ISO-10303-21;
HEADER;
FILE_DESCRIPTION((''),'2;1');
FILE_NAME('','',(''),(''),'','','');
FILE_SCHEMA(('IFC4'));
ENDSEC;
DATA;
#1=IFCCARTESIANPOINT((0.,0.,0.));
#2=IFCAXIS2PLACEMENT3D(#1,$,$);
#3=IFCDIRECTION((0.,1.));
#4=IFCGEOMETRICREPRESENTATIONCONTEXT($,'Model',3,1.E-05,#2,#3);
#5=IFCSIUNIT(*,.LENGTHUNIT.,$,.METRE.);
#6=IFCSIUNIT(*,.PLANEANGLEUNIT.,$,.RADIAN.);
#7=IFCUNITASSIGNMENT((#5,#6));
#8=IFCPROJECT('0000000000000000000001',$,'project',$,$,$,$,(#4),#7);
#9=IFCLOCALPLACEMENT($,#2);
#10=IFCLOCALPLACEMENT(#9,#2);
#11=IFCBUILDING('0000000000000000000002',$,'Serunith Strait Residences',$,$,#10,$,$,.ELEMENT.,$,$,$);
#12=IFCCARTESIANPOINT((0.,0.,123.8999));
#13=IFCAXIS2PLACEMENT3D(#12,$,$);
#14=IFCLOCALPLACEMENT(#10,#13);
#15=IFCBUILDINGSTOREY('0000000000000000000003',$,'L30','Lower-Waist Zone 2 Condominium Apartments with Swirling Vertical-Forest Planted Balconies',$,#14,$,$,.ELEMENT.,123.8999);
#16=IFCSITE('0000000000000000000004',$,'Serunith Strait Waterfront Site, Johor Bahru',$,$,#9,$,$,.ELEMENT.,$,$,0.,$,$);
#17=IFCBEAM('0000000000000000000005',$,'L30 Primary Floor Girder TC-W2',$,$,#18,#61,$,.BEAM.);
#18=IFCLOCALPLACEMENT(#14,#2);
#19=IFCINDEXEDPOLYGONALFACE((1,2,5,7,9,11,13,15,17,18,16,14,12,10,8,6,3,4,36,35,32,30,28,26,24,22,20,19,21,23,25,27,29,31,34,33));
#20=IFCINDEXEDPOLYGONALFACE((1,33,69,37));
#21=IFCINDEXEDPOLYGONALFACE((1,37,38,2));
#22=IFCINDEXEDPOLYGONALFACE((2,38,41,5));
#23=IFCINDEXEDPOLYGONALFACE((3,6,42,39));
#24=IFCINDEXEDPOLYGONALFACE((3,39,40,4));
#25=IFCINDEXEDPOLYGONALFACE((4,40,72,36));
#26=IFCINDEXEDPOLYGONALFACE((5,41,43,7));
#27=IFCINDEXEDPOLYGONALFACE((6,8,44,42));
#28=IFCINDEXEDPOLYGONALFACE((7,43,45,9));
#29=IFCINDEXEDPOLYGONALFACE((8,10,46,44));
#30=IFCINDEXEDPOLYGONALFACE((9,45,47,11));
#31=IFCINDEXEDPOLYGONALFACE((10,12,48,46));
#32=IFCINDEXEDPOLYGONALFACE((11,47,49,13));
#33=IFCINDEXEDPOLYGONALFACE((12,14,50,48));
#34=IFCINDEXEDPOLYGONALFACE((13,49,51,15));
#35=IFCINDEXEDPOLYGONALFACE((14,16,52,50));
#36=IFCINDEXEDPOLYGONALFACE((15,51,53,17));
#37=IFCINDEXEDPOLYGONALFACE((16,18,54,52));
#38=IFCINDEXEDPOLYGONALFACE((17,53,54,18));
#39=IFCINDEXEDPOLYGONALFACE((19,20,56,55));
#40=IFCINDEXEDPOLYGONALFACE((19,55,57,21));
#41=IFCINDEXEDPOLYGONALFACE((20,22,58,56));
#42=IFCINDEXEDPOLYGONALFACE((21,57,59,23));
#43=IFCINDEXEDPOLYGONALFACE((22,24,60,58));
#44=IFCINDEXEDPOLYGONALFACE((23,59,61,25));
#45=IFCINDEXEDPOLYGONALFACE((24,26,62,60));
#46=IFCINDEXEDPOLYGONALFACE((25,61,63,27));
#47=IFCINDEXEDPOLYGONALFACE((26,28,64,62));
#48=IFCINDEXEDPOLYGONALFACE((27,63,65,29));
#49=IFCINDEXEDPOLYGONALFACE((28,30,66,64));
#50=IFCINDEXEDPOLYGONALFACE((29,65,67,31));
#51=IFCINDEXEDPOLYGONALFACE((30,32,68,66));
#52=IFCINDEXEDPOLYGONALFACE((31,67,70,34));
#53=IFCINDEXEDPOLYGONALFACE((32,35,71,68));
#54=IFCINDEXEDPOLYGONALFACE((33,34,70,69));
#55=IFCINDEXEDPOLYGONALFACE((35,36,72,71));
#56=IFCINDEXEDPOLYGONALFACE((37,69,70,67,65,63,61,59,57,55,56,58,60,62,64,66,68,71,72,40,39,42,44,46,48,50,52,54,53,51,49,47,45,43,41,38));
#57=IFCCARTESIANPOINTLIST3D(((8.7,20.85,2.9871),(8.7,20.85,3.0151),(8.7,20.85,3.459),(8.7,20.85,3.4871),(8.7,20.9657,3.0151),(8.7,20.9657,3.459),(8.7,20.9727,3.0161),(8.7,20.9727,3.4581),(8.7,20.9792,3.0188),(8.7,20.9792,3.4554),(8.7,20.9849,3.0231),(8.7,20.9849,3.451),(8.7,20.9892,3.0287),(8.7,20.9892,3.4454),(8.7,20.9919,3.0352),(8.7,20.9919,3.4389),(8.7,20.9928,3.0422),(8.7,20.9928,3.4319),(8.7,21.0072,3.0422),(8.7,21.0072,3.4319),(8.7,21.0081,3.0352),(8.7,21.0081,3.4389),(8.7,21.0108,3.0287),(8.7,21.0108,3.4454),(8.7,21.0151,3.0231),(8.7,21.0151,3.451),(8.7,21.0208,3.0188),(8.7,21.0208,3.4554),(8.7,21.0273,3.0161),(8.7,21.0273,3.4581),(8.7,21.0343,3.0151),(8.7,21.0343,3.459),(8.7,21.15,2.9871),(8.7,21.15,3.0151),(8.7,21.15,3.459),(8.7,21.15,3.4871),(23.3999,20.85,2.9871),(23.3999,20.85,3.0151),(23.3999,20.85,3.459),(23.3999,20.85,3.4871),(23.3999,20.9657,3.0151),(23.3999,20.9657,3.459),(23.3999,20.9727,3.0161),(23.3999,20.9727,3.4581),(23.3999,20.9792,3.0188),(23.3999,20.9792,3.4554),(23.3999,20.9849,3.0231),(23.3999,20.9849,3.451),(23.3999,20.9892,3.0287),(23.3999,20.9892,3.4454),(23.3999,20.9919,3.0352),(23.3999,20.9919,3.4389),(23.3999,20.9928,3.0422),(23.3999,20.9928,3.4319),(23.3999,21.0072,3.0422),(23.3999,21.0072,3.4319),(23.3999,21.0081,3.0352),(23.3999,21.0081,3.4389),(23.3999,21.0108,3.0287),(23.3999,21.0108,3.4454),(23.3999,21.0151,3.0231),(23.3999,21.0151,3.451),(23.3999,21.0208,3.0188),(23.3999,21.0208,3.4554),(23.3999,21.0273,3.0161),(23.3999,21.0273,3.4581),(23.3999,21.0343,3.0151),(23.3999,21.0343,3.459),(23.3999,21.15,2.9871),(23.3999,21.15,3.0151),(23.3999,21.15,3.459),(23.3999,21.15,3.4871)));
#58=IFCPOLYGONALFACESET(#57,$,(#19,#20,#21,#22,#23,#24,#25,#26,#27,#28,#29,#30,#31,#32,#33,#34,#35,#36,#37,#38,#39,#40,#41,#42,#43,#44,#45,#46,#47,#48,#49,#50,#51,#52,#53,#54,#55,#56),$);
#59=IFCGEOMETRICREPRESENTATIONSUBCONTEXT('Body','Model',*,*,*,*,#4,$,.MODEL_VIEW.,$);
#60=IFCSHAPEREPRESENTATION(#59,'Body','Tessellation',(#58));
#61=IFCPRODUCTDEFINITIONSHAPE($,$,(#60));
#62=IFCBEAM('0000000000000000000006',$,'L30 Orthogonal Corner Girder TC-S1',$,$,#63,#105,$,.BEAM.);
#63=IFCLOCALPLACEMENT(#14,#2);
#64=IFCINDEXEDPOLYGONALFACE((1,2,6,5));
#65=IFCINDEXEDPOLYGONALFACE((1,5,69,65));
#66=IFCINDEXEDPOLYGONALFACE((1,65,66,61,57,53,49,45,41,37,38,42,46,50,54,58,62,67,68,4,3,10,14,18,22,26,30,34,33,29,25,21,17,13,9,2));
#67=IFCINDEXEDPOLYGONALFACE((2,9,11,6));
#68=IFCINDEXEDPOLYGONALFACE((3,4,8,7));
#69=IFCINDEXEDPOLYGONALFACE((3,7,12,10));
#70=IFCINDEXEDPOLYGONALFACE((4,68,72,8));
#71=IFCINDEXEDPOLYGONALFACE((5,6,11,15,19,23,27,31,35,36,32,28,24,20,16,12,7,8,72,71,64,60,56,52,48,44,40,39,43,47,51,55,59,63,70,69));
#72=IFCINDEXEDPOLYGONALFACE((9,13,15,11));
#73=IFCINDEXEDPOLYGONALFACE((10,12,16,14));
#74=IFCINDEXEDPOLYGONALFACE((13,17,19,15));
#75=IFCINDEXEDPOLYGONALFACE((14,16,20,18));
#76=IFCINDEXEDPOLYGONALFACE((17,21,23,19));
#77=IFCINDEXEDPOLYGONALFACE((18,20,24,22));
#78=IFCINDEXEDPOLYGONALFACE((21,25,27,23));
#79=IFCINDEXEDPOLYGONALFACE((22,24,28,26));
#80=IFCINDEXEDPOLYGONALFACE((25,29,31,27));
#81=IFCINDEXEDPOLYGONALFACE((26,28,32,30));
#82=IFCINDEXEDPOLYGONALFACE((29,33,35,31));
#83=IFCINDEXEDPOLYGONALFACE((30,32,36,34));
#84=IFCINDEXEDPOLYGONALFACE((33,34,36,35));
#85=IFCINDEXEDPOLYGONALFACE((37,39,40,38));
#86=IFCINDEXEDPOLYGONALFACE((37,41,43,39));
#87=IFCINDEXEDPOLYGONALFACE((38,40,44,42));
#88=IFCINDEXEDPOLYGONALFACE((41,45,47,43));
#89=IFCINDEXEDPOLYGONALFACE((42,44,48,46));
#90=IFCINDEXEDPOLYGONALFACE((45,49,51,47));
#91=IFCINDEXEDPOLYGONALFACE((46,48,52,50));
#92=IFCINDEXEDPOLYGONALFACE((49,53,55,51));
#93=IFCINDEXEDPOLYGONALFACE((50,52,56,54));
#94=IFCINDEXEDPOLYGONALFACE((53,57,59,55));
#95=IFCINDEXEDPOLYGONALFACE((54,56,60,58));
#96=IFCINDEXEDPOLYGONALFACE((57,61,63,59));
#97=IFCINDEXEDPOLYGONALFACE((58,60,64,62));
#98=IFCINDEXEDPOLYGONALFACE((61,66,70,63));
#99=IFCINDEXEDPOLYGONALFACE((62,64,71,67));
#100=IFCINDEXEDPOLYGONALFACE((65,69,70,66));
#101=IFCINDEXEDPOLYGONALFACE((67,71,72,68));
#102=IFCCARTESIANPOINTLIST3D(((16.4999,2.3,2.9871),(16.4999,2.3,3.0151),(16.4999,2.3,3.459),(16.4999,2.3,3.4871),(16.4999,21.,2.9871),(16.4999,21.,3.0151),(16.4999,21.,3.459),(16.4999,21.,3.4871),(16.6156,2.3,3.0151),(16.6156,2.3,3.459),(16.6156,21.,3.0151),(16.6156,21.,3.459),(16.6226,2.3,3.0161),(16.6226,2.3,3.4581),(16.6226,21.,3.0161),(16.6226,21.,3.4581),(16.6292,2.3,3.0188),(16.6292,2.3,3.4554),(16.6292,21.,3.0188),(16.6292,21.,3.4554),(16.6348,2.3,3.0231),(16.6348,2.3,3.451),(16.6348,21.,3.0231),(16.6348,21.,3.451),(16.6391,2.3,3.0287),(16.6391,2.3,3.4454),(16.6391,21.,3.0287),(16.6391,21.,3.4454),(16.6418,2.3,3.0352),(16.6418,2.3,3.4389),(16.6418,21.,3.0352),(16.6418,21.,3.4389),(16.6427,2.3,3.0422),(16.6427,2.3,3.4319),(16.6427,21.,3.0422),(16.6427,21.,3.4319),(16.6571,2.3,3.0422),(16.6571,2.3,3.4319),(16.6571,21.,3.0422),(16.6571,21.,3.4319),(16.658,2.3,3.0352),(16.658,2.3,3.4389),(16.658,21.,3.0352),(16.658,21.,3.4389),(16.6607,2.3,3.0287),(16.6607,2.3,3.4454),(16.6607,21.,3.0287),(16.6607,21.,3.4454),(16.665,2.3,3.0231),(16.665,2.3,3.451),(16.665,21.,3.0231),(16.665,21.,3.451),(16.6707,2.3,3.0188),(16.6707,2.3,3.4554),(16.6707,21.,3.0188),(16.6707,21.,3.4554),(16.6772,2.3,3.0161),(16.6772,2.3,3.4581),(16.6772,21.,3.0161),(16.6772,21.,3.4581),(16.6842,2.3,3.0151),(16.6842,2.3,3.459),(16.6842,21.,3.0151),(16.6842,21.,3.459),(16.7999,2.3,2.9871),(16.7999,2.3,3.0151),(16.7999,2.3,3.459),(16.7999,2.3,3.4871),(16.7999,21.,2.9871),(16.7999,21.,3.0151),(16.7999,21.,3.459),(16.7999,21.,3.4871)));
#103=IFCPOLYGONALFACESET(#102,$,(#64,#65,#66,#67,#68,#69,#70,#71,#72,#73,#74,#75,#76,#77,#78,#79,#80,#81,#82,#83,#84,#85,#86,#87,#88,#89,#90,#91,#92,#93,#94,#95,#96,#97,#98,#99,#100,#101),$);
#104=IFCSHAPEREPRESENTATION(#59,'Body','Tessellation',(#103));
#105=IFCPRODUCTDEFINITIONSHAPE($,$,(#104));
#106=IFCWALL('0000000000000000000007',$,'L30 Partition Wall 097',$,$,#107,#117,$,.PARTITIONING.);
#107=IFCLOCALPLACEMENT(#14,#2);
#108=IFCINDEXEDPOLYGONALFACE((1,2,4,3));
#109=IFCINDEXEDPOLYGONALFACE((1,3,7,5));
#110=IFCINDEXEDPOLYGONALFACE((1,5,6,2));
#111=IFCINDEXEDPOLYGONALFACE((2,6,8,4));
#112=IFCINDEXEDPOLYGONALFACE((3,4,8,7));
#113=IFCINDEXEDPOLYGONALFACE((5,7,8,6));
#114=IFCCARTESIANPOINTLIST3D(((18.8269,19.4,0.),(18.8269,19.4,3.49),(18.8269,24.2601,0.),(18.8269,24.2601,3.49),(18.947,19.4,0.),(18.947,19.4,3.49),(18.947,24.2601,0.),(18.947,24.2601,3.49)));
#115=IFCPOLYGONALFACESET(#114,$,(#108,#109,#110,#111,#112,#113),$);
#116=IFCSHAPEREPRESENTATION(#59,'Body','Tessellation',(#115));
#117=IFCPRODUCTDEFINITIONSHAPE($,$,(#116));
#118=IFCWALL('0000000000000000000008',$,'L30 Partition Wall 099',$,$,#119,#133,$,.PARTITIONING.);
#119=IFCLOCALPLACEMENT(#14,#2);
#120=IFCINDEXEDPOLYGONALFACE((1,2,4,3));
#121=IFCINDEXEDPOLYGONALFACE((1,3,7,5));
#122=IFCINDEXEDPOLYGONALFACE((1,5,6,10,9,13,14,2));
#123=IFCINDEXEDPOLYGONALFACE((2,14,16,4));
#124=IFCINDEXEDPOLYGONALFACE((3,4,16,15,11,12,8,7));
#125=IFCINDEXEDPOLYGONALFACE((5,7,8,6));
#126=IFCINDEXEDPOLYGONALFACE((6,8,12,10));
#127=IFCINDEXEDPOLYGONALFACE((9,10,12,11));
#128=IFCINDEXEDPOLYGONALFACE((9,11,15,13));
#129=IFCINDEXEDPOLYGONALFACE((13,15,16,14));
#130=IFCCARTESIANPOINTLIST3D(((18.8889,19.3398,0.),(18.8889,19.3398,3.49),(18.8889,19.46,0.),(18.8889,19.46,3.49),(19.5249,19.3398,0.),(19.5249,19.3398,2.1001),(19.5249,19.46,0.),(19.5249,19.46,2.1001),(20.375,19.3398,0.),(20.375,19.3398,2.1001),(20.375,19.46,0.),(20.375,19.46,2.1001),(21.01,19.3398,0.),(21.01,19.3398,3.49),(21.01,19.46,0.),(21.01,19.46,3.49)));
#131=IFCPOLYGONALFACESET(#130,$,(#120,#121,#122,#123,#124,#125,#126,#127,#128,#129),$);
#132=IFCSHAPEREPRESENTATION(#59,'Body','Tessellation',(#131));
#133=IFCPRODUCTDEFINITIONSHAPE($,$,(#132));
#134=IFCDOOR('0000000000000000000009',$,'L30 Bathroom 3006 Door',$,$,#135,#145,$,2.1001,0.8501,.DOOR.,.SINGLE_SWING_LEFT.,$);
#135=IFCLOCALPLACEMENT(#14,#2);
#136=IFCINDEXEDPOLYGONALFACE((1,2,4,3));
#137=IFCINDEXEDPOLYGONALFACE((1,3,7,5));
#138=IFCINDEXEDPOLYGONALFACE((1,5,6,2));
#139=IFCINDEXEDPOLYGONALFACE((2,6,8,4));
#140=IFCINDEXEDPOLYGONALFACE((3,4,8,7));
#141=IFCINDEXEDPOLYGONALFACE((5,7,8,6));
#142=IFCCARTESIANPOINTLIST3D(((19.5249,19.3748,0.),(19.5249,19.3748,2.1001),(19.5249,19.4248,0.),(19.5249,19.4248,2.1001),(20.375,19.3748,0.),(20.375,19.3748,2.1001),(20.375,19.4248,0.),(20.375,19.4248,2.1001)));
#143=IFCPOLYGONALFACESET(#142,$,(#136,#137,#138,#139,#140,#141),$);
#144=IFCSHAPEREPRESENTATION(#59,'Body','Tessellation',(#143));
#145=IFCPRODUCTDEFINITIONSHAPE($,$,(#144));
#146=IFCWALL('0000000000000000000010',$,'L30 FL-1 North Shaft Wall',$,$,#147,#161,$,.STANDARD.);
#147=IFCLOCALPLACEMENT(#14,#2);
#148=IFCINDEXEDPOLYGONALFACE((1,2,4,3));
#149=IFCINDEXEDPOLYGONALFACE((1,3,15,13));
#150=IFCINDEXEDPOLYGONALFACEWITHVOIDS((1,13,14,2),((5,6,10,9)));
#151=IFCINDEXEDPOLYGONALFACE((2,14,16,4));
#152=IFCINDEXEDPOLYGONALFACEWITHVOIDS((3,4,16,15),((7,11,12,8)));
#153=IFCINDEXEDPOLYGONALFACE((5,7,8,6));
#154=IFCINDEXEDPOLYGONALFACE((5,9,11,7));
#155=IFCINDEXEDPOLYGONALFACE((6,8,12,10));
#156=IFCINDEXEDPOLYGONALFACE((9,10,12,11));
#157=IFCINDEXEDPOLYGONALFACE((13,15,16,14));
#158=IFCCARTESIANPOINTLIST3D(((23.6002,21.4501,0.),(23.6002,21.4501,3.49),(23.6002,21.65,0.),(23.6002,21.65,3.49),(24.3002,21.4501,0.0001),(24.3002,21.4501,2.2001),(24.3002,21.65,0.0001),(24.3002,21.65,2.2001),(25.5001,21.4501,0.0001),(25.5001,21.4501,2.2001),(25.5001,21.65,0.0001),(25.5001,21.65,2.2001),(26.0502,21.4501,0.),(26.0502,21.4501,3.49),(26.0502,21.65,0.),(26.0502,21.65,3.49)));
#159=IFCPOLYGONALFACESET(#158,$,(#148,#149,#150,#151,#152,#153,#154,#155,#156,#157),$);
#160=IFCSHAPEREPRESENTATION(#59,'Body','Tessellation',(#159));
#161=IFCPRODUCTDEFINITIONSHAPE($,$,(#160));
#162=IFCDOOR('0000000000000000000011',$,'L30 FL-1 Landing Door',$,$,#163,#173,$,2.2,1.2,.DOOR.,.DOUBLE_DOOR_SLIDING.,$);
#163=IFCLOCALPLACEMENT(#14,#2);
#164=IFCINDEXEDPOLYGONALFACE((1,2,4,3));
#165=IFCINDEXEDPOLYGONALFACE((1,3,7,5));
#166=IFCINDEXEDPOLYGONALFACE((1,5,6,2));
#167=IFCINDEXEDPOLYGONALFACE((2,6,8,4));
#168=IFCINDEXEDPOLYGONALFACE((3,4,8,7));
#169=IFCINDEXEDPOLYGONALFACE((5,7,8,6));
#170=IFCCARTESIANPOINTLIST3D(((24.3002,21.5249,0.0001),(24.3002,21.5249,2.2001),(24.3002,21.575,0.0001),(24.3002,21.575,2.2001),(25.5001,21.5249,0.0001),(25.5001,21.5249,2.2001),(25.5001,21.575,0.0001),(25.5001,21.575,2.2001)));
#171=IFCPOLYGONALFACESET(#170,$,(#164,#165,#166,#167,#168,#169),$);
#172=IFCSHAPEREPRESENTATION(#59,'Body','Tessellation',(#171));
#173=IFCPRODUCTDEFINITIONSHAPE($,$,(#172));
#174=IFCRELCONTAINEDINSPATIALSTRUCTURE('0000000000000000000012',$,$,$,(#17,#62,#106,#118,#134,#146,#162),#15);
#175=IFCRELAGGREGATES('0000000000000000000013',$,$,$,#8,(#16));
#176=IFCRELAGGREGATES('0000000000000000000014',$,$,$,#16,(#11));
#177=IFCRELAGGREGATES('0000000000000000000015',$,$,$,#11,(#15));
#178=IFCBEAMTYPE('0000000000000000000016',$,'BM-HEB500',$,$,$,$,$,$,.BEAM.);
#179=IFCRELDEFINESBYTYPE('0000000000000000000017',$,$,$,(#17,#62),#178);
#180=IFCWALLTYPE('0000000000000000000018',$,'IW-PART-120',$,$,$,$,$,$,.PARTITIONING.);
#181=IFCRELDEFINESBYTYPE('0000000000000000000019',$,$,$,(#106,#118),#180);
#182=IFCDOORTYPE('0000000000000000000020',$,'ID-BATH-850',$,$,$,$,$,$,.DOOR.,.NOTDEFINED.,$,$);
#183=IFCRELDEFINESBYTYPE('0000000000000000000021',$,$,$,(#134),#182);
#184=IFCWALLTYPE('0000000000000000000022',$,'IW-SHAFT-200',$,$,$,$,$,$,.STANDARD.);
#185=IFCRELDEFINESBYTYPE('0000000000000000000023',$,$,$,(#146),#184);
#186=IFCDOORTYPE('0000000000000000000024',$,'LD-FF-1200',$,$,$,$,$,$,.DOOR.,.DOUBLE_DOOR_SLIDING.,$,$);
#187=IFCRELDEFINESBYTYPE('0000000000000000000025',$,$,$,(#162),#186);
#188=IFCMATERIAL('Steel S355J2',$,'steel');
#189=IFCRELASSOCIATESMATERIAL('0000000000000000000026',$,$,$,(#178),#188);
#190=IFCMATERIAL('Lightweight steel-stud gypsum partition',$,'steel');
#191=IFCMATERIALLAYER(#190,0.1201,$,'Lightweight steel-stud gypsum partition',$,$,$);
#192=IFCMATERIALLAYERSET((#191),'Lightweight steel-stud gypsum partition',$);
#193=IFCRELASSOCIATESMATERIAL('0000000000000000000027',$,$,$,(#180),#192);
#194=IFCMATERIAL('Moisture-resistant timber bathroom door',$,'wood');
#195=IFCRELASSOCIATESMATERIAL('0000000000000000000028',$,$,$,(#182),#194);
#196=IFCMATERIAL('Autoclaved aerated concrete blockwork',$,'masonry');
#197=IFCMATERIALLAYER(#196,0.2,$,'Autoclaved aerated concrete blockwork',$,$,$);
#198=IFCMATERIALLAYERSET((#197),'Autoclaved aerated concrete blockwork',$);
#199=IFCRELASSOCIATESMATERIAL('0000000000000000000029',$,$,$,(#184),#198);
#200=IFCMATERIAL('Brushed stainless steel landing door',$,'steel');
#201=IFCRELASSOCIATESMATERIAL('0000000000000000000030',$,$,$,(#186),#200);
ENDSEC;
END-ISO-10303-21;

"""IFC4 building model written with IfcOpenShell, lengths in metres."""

from ifc_helpers import new_model, si_unit, direction, frame, frame_2d, origin, origin_2d, place, context, subcontext, project, spatial, rectangle, i_section, extrude, source, transform, mapped, material, layer, layer_set, material_profile, profile_set, type_object, element, fill, save


model = new_model("IFC4")

# Units and contexts
model_context = context("Model", 3, precision=1e-05, world=origin(), true_north=direction((0.0, 1.0)))
body_context = subcontext(model_context, "Body", "Model", "MODEL_VIEW")
ifc_project = project(units=[si_unit("LENGTHUNIT", "METRE"), si_unit("PLANEANGLEUNIT", "RADIAN")], contexts=[model_context])

# Site, building, storey
site_placement = place(None, origin())
site = spatial("IfcSite", under=ifc_project, at=site_placement, Name="Serunith Strait Waterfront Site, Johor Bahru", CompositionType="ELEMENT", RefElevation=0.0)
building_placement = place(site_placement, origin())
building = spatial("IfcBuilding", under=site, at=building_placement, Name="Serunith Strait Residences", CompositionType="ELEMENT")
storey_placement = place(building_placement, frame((0.0, 0.0, 123.8999)))
storey = spatial("IfcBuildingStorey", under=building, at=storey_placement, Name="L30", Description="Lower-Waist Zone 2 Condominium Apartments with Swirling Vertical-Forest Planted Balconies", CompositionType="ELEMENT", Elevation=123.8999)

# Beams
ifc_material_1 = material(Name="Steel S355J2", Category="steel")
ifc_material_profile = material_profile(ifc_material_1, i_section(OverallWidth=0.3, OverallDepth=0.5, WebThickness=0.0144, FlangeThickness=0.0281, FilletRadius=0.0271, at=origin_2d()), Name="HEB 500")
ifc_profile_set = profile_set([ifc_material_profile], Name="Steel S355J2")
beam_type = type_object("IfcBeamType", Name="BM-HEB500", PredefinedType="BEAM", material=ifc_profile_set)
shared_shape_1 = source(origin(), body_context, "Body", "SweptSolid", [
    extrude(i_section(OverallWidth=0.3, OverallDepth=0.5, WebThickness=0.0144, FlangeThickness=0.0281, FilletRadius=0.0271, at=origin_2d()), origin(), (0.0, 0.0, 1.0), 14.7),
])
beam_1_placement = place(storey_placement, frame((23.3999, 21.0, 3.2371), z_axis=(-1.0, 0.0, 0.0), x_axis=(0.0, -1.0, 0.0)))
element("IfcBeam", 1, at=beam_1_placement, inside=storey, type_object=beam_type, Name="L30 Primary Floor Girder TC-W2", PredefinedType="BEAM", context=body_context, shape_type="MappedRepresentation", body=[
    mapped(shared_shape_1, transform((0.0, 0.0, 0.0), scale=1.0)),
])
shared_shape_2 = source(origin(), body_context, "Body", "SweptSolid", [
    extrude(i_section(OverallWidth=0.3, OverallDepth=0.5, WebThickness=0.0144, FlangeThickness=0.0281, FilletRadius=0.0271, at=origin_2d()), origin(), (0.0, 0.0, 1.0), 18.7),
])
beam_2_placement = place(storey_placement, frame((16.6499, 21.0, 3.2371), z_axis=(0.0, -1.0, 0.0), x_axis=(1.0, 0.0, 0.0)))
element("IfcBeam", 2, at=beam_2_placement, inside=storey, type_object=beam_type, Name="L30 Orthogonal Corner Girder TC-S1", PredefinedType="BEAM", context=body_context, shape_type="MappedRepresentation", body=[
    mapped(shared_shape_2, transform((0.0, 0.0, 0.0), scale=1.0)),
])

# Wall
ifc_material_2 = material(Name="Lightweight steel-stud gypsum partition", Category="steel")
ifc_layer_1 = layer(ifc_material_2, 0.1201, Name="Lightweight steel-stud gypsum partition")
ifc_layer_set_1 = layer_set([ifc_layer_1], Name="Lightweight steel-stud gypsum partition")
wall_type_1 = type_object("IfcWallType", Name="IW-PART-120", PredefinedType="PARTITIONING", material=ifc_layer_set_1)
wall_1_placement = place(storey_placement, frame((18.887, 19.3999, 0.0), z_axis=(0.0, 0.0, 1.0), x_axis=(0.0, 1.0, 0.0)))
element("IfcWall", 3, at=wall_1_placement, inside=storey, type_object=wall_type_1, Name="L30 Partition Wall 097", PredefinedType="PARTITIONING", context=body_context, shape_type="SweptSolid", body=[
    extrude(rectangle(XDim=4.8601, YDim=0.1201, at=frame_2d((2.4302, 0.0))), origin(), (0.0, 0.0, 1.0), 3.49),
])

# Walls, openings, doors
wall_2_placement = place(storey_placement, frame((18.8889, 19.3999, 0.0), z_axis=(0.0, 0.0, 1.0), x_axis=(1.0, 0.0, 0.0)))
wall_2 = element("IfcWall", 4, at=wall_2_placement, inside=storey, type_object=wall_type_1, Name="L30 Partition Wall 099", PredefinedType="PARTITIONING", context=body_context, shape_type="SweptSolid", body=[
    extrude(rectangle(XDim=2.1211, YDim=0.1201, at=frame_2d((1.0605, 0.0))), origin(), (0.0, 0.0, 1.0), 3.49),
])
opening_1_placement = place(wall_2_placement, frame((0.636, 0.0, 0.0)))
opening_1 = element("IfcOpeningElement", 5, at=opening_1_placement, cuts=wall_2, PredefinedType="OPENING", context=body_context, shape_type="SweptSolid", body=[
    extrude(rectangle(XDim=0.8501, YDim=2.1001, at=frame_2d((0.425, 1.05))), frame((0.0, 0.0701, 0.0), z_axis=(0.0, -1.0, 0.0), x_axis=(1.0, 0.0, 0.0)), (0.0, 0.0, 1.0), 0.1401),
])
ifc_material_3 = material(Name="Moisture-resistant timber bathroom door", Category="wood")
door_type_1 = type_object("IfcDoorType", Name="ID-BATH-850", OperationType="NOTDEFINED", PredefinedType="DOOR", material=ifc_material_3)
shared_shape_3 = source(origin(), body_context, "Body", "SweptSolid", [
    extrude(rectangle(XDim=0.8501, YDim=2.1001, at=frame_2d((0.425, 1.05))), frame((0.0, 0.0249, 0.0), z_axis=(0.0, -1.0, 0.0), x_axis=(1.0, 0.0, 0.0)), (0.0, 0.0, 1.0), 0.05),
])
door_1_placement = place(opening_1_placement, origin())
door_1 = element("IfcDoor", 6, at=door_1_placement, inside=storey, type_object=door_type_1, Name="L30 Bathroom 3006 Door", OperationType="SINGLE_SWING_LEFT", OverallHeight=2.1001, OverallWidth=0.8501, PredefinedType="DOOR", context=body_context, shape_type="MappedRepresentation", body=[
    mapped(shared_shape_3, transform((0.0, 0.0, 0.0), scale=1.0)),
])
fill(opening_1, door_1)
ifc_material_4 = material(Name="Autoclaved aerated concrete blockwork", Category="masonry")
ifc_layer_2 = layer(ifc_material_4, 0.2, Name="Autoclaved aerated concrete blockwork")
ifc_layer_set_2 = layer_set([ifc_layer_2], Name="Autoclaved aerated concrete blockwork")
wall_type_2 = type_object("IfcWallType", Name="IW-SHAFT-200", PredefinedType="STANDARD", material=ifc_layer_set_2)
wall_3_placement = place(storey_placement, frame((23.6001, 21.55, 0.0), z_axis=(0.0, 0.0, 1.0), x_axis=(1.0, 0.0, 0.0)))
wall_3 = element("IfcWall", 7, at=wall_3_placement, inside=storey, type_object=wall_type_2, Name="L30 FL-1 North Shaft Wall", PredefinedType="STANDARD", context=body_context, shape_type="SweptSolid", body=[
    extrude(rectangle(XDim=2.45, YDim=0.2, at=frame_2d((1.2251, 0.0))), origin(), (0.0, 0.0, 1.0), 3.49),
])
opening_2_placement = place(wall_3_placement, frame((0.7, 0.0, 0.0)))
opening_2 = element("IfcOpeningElement", 8, at=opening_2_placement, cuts=wall_3, PredefinedType="OPENING", context=body_context, shape_type="SweptSolid", body=[
    extrude(rectangle(XDim=1.2, YDim=2.2, at=frame_2d((0.6001, 1.1001))), frame((0.0, 0.1099, 0.0), z_axis=(0.0, -1.0, 0.0), x_axis=(1.0, 0.0, 0.0)), (0.0, 0.0, 1.0), 0.22),
])
ifc_material_5 = material(Name="Brushed stainless steel landing door", Category="steel")
door_type_2 = type_object("IfcDoorType", Name="LD-FF-1200", OperationType="DOUBLE_DOOR_SLIDING", PredefinedType="DOOR", material=ifc_material_5)
shared_shape_4 = source(origin(), body_context, "Body", "SweptSolid", [
    extrude(rectangle(XDim=1.2, YDim=2.2, at=frame_2d((0.6001, 1.1001))), frame((0.0, 0.0249, 0.0), z_axis=(0.0, -1.0, 0.0), x_axis=(1.0, 0.0, 0.0)), (0.0, 0.0, 1.0), 0.05),
])
door_2_placement = place(opening_2_placement, origin())
door_2 = element("IfcDoor", 9, at=door_2_placement, inside=storey, type_object=door_type_2, Name="L30 FL-1 Landing Door", OperationType="DOUBLE_DOOR_SLIDING", OverallHeight=2.2, OverallWidth=1.2, PredefinedType="DOOR", context=body_context, shape_type="MappedRepresentation", body=[
    mapped(shared_shape_4, transform((0.0, 0.0, 0.0), scale=1.0)),
])
fill(opening_2, door_2)

save(model, "model.ifc")
